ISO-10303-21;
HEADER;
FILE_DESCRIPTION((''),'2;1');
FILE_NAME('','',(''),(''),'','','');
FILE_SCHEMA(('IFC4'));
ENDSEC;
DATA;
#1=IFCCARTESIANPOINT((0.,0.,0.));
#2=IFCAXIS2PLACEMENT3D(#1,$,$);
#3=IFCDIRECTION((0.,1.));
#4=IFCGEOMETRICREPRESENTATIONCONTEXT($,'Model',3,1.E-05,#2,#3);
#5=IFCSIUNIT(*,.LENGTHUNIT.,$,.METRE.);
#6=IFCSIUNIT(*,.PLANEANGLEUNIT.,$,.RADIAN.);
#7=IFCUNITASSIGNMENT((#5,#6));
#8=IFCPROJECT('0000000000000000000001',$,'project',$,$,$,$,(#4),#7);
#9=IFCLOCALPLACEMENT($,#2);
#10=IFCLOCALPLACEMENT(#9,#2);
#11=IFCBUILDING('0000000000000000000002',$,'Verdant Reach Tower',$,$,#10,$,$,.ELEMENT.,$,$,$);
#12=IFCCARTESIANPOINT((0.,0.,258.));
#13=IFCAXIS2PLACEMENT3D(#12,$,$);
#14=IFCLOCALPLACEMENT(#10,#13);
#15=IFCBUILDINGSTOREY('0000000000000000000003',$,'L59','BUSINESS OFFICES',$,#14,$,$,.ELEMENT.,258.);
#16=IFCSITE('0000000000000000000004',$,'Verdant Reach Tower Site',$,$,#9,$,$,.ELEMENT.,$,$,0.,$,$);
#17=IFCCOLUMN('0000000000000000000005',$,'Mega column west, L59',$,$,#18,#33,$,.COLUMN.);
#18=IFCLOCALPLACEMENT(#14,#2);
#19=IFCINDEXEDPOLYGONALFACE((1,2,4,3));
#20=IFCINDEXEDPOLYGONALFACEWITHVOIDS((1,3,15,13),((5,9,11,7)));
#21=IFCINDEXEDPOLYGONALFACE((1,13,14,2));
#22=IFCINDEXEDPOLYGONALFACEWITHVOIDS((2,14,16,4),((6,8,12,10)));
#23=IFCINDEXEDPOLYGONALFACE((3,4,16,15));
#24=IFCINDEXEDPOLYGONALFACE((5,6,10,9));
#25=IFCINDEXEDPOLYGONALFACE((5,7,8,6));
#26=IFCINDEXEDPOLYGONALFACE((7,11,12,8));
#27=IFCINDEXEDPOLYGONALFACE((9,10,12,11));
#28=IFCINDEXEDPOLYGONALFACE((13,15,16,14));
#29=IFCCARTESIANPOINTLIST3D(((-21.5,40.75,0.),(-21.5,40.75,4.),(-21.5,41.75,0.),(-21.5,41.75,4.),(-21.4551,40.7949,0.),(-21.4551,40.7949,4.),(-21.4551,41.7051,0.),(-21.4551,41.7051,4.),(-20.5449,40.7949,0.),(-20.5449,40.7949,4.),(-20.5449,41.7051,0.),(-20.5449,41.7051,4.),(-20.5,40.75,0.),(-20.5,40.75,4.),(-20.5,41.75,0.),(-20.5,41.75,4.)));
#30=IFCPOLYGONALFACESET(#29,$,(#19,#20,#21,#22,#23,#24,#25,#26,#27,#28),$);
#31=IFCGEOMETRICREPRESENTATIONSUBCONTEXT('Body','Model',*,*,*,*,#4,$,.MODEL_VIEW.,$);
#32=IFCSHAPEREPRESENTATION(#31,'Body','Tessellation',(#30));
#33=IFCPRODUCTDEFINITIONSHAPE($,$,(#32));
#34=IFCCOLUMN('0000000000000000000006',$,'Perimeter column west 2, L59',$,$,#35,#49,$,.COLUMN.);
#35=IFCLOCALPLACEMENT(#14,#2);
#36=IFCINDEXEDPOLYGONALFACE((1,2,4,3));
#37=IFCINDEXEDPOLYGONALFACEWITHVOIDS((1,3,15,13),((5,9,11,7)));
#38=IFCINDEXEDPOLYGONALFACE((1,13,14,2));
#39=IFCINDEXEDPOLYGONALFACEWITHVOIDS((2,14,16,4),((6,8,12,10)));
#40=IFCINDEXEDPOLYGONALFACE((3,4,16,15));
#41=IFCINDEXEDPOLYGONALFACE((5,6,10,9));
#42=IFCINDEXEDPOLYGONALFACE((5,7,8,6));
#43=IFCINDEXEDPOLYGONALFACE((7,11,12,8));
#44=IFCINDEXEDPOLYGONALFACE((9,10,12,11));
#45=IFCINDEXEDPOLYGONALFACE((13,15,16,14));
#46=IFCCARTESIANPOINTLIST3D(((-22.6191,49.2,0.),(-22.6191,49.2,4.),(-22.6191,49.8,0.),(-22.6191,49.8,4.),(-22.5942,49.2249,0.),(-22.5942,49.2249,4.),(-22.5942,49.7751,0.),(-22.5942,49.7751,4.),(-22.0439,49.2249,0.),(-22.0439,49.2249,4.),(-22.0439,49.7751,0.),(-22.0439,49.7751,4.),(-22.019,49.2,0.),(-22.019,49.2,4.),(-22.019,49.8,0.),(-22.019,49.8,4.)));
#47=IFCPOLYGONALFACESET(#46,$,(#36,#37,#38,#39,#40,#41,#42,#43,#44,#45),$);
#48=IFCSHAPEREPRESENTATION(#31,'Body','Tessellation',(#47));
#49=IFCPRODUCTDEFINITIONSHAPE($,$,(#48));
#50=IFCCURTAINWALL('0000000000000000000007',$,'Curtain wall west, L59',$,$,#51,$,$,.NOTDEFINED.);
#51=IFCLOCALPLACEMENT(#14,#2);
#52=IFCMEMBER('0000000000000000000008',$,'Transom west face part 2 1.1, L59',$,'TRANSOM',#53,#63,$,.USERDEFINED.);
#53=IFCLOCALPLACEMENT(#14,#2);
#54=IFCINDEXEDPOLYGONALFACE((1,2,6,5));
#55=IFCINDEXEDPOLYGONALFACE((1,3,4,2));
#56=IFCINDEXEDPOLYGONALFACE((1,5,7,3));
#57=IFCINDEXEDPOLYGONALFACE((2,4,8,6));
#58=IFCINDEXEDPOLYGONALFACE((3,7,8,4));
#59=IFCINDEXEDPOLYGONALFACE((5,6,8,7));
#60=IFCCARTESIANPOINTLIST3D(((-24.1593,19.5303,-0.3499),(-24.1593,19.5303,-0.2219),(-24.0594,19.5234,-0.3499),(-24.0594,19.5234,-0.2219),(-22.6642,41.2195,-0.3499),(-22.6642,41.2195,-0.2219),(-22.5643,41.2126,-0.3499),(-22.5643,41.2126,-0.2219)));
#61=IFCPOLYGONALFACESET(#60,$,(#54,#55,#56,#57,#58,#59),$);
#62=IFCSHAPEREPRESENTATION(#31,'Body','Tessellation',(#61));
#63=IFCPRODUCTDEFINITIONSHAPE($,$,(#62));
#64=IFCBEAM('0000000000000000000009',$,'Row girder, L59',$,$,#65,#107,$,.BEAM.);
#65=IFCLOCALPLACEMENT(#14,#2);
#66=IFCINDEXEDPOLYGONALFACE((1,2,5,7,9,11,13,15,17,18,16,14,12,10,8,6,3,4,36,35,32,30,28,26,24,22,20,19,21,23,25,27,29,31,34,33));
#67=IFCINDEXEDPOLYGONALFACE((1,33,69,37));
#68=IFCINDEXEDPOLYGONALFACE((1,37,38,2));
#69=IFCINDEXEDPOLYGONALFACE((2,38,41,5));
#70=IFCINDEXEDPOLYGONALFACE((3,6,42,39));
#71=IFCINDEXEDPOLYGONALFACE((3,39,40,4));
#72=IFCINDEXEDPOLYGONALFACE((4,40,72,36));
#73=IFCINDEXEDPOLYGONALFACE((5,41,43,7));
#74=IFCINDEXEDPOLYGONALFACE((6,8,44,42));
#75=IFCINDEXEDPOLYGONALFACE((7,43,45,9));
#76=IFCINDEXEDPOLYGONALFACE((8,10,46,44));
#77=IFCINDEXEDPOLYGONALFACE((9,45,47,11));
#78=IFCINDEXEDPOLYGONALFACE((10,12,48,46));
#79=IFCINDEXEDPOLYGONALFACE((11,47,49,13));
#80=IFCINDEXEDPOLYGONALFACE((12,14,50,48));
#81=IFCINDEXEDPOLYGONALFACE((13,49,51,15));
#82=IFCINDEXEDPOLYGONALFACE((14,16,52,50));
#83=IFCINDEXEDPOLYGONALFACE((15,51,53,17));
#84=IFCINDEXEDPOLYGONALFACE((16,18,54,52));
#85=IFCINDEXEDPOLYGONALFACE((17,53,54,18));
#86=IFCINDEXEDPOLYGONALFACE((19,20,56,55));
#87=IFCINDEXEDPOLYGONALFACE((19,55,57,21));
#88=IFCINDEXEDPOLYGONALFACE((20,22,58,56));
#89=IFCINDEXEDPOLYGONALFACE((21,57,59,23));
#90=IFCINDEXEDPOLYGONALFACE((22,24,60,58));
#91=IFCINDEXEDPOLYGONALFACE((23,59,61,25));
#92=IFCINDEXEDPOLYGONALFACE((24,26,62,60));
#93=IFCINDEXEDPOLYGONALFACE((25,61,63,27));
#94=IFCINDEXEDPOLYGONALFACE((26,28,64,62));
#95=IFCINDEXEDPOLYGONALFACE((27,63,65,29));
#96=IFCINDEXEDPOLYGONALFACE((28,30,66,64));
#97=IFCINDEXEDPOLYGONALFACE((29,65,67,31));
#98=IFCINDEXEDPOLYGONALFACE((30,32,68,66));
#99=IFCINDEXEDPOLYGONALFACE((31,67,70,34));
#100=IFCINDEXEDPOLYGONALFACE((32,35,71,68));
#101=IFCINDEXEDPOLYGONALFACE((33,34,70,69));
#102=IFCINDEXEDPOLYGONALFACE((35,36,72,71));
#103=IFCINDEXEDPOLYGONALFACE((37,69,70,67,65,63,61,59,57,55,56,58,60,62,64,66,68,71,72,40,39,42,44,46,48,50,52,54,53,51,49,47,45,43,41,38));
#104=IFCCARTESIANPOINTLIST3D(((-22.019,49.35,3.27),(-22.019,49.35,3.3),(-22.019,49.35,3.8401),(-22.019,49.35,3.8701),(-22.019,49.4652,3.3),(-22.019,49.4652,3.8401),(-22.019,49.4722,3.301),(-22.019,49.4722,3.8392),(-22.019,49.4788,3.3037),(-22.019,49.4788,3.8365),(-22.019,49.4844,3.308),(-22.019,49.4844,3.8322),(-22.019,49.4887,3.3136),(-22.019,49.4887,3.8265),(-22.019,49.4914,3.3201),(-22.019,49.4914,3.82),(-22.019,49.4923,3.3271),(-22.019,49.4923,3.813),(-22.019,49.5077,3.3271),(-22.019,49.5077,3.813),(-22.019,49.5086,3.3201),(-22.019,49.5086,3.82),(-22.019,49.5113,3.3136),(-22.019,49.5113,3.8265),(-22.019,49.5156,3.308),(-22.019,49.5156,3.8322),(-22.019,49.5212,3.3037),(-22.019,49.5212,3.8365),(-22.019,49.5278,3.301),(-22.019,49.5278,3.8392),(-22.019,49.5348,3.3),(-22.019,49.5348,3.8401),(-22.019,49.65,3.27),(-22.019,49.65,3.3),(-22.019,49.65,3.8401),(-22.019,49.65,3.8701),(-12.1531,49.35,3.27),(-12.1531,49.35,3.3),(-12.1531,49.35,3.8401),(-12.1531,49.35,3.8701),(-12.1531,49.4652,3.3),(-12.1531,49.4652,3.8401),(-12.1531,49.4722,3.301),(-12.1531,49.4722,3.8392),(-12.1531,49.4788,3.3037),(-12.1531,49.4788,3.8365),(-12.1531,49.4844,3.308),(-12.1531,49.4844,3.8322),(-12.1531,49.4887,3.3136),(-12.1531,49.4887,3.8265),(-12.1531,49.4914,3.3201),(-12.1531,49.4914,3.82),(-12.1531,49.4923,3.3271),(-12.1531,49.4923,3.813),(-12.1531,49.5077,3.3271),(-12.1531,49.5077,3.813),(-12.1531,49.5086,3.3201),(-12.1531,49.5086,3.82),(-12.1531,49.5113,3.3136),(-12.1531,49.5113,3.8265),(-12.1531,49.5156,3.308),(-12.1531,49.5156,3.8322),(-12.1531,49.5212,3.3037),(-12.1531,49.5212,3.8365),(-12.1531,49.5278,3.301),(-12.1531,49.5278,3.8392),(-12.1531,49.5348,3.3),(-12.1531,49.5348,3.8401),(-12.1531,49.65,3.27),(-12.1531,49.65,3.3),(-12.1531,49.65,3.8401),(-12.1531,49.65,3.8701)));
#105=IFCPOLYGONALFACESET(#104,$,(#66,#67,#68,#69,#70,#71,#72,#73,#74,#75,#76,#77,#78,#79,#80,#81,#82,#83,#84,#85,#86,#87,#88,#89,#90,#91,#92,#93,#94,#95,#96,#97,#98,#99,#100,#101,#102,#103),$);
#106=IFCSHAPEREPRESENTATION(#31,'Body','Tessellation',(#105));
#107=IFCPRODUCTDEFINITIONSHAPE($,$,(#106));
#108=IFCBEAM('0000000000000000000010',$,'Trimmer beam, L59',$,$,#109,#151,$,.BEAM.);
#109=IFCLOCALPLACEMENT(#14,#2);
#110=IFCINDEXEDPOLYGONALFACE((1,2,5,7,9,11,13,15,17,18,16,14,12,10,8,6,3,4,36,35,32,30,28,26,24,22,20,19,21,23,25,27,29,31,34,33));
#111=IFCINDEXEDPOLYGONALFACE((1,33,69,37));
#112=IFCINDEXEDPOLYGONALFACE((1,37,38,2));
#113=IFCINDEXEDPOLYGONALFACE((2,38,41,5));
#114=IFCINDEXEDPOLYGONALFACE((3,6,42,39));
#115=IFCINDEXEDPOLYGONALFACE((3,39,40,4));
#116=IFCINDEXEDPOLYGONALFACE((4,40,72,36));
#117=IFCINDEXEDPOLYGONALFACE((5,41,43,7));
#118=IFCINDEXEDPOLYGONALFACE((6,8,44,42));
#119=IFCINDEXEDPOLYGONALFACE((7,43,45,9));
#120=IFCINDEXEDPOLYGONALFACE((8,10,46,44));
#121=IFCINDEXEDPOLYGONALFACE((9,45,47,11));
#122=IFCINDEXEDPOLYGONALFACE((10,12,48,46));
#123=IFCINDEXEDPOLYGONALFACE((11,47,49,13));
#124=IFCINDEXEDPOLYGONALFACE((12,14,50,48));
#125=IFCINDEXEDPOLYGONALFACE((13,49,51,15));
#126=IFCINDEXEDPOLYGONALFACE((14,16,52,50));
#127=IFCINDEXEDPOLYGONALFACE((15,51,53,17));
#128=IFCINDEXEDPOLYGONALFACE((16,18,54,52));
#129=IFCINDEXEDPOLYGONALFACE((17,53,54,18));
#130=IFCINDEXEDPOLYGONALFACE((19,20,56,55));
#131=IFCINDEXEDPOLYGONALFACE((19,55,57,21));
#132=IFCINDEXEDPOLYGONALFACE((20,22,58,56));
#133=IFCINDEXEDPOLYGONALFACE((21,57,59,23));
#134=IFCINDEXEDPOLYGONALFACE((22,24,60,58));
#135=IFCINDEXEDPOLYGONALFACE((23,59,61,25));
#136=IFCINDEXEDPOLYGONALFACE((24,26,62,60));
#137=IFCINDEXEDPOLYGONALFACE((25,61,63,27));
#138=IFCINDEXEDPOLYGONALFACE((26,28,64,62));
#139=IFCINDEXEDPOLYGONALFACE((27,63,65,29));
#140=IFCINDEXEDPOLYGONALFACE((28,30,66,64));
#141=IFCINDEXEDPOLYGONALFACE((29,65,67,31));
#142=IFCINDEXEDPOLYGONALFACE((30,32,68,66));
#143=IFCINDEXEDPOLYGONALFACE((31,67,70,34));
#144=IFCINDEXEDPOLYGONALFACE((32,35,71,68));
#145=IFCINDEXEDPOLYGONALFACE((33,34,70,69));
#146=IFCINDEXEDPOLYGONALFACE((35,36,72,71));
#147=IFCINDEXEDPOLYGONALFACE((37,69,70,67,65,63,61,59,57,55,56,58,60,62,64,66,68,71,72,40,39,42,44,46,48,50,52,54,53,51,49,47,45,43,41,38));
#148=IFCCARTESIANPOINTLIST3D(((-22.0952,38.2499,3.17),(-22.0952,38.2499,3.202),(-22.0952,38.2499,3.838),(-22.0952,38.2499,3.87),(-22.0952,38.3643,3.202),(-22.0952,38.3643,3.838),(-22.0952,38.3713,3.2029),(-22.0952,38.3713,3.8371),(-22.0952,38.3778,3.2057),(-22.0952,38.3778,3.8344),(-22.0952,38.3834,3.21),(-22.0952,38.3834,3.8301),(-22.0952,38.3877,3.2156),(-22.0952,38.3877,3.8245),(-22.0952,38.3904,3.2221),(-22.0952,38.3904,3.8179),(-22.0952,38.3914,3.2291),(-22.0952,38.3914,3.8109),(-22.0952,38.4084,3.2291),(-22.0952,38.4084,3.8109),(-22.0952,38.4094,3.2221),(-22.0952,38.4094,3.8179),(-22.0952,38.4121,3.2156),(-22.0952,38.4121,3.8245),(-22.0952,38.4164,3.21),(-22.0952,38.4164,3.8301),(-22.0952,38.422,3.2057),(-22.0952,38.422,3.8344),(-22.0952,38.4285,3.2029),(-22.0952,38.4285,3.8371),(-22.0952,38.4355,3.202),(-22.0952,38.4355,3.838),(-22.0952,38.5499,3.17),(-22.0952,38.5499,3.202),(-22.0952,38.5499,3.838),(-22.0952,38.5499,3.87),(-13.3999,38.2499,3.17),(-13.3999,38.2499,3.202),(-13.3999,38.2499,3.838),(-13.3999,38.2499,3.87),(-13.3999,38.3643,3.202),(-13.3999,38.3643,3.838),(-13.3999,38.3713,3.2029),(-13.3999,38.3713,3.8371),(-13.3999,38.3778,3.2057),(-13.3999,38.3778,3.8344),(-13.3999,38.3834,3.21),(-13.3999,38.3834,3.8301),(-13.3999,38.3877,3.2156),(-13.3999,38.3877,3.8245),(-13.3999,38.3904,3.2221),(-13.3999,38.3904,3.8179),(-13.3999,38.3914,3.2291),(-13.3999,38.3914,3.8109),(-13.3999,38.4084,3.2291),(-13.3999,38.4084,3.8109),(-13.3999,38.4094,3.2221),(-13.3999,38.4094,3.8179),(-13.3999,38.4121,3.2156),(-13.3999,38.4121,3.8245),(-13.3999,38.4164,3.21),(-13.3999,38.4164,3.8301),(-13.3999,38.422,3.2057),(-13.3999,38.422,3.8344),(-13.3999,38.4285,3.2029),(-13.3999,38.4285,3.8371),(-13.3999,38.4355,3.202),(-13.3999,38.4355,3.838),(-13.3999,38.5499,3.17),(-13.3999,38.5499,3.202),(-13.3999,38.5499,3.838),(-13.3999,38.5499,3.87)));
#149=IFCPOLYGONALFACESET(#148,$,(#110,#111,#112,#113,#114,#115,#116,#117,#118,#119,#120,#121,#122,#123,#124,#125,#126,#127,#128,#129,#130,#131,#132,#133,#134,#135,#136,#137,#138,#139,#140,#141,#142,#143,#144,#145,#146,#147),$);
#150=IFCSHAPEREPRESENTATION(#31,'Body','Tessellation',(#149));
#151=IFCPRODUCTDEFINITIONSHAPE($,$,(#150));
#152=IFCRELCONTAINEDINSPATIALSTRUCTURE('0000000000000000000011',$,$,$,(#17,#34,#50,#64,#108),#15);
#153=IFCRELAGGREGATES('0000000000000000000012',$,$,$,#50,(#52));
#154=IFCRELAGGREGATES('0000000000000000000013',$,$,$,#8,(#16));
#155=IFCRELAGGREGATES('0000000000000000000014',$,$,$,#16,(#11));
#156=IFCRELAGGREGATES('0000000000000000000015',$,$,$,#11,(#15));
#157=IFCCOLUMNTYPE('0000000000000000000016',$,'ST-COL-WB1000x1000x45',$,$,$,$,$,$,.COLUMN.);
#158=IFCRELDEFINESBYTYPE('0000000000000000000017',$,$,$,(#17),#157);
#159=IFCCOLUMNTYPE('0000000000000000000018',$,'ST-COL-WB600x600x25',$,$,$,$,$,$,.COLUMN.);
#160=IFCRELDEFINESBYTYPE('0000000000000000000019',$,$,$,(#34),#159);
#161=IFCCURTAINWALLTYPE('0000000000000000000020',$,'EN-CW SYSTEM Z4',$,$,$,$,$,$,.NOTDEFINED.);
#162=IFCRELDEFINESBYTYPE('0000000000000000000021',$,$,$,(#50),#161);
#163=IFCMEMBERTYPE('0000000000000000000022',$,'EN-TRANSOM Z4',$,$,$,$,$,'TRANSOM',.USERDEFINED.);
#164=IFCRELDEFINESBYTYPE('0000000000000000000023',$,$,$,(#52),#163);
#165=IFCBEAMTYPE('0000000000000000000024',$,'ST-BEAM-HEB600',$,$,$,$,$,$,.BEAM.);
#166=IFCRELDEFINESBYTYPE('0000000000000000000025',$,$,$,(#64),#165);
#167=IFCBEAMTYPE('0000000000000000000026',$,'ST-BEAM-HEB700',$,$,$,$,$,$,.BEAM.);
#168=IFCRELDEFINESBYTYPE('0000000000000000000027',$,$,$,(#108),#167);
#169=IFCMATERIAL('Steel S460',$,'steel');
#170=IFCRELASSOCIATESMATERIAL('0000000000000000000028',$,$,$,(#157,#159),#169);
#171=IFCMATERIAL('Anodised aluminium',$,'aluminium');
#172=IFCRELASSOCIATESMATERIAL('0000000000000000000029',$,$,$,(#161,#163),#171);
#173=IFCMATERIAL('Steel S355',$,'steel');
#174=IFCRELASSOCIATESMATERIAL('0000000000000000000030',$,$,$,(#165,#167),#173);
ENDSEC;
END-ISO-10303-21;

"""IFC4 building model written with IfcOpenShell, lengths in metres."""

from ifc_helpers import new_model, si_unit, direction, frame, origin, origin_2d, place, context, subcontext, project, spatial, rectangle, hollow_rectangle, i_section, extrude, material, material_profile, profile_set, type_object, element, aggregate, save


model = new_model("IFC4")

# Units and contexts
model_context = context("Model", 3, precision=1e-05, world=origin(), true_north=direction((0.0, 1.0)))
body_context = subcontext(model_context, "Body", "Model", "MODEL_VIEW")
ifc_project = project(units=[si_unit("LENGTHUNIT", "METRE"), si_unit("PLANEANGLEUNIT", "RADIAN")], contexts=[model_context])

# Site, building, storey
site_placement = place(None, origin())
site = spatial("IfcSite", under=ifc_project, at=site_placement, Name="Verdant Reach Tower Site", CompositionType="ELEMENT", RefElevation=0.0)
building_placement = place(site_placement, origin())
building = spatial("IfcBuilding", under=site, at=building_placement, Name="Verdant Reach Tower", CompositionType="ELEMENT")
storey_placement = place(building_placement, frame((0.0, 0.0, 258.0)))
storey = spatial("IfcBuildingStorey", under=building, at=storey_placement, Name="L59", Description="BUSINESS OFFICES", CompositionType="ELEMENT", Elevation=258.0)

# Columns
ifc_material_1 = material(Name="Steel S460", Category="steel")
ifc_material_profile_1 = material_profile(ifc_material_1, hollow_rectangle(XDim=1.0, YDim=1.0, WallThickness=0.0449, at=origin_2d()), Name="WB 1000x1000x45")
ifc_profile_set_1 = profile_set([ifc_material_profile_1], Name="Steel S460")
column_type_1 = type_object("IfcColumnType", Name="ST-COL-WB1000x1000x45", PredefinedType="COLUMN", material=ifc_profile_set_1)
column_1_placement = place(storey_placement, frame((-21.0, 41.25, 0.0), z_axis=(0.0, 0.0, 1.0), x_axis=(1.0, 0.0, 0.0)))
element("IfcColumn", 1, at=column_1_placement, inside=storey, type_object=column_type_1, Name="Mega column west, L59", PredefinedType="COLUMN", context=body_context, shape_type="SweptSolid", body=[
    extrude(hollow_rectangle(XDim=1.0, YDim=1.0, WallThickness=0.0449, at=origin_2d()), origin(), (0.0, 0.0, 1.0), 4.0),
])
ifc_material_profile_2 = material_profile(ifc_material_1, hollow_rectangle(XDim=0.6001, YDim=0.6001, WallThickness=0.0249, at=origin_2d()), Name="WB 600x600x25")
ifc_profile_set_2 = profile_set([ifc_material_profile_2], Name="Steel S460")
column_type_2 = type_object("IfcColumnType", Name="ST-COL-WB600x600x25", PredefinedType="COLUMN", material=ifc_profile_set_2)
column_2_placement = place(storey_placement, frame((-22.3191, 49.5, 0.0), z_axis=(0.0, 0.0, 1.0), x_axis=(1.0, 0.0, 0.0)))
element("IfcColumn", 2, at=column_2_placement, inside=storey, type_object=column_type_2, Name="Perimeter column west 2, L59", PredefinedType="COLUMN", context=body_context, shape_type="SweptSolid", body=[
    extrude(hollow_rectangle(XDim=0.6001, YDim=0.6001, WallThickness=0.0249, at=origin_2d()), origin(), (0.0, 0.0, 1.0), 4.0),
])

# Curtain wall, member
ifc_material_2 = material(Name="Anodised aluminium", Category="aluminium")
curtain_wall_type = type_object("IfcCurtainWallType", Name="EN-CW SYSTEM Z4", PredefinedType="NOTDEFINED", material=ifc_material_2)
curtain_wall_placement = place(storey_placement, origin())
curtain_wall = element("IfcCurtainWall", 3, at=curtain_wall_placement, inside=storey, type_object=curtain_wall_type, Name="Curtain wall west, L59", PredefinedType="NOTDEFINED")
ifc_material_profile_3 = material_profile(ifc_material_2, rectangle(XDim=0.1001, YDim=0.1279, at=origin_2d()), Name="Transom 128x100")
ifc_profile_set_3 = profile_set([ifc_material_profile_3], Name="Anodised aluminium")
member_type = type_object("IfcMemberType", Name="EN-TRANSOM Z4", ElementType="TRANSOM", PredefinedType="USERDEFINED", material=ifc_profile_set_3)
member_placement = place(storey_placement, frame((-22.6143, 41.2161, -0.2859), z_axis=(-0.06877, -0.997633, 0.0), x_axis=(0.997633, -0.06877, 0.0)))
member = element("IfcMember", 4, at=member_placement, type_object=member_type, Name="Transom west face part 2 1.1, L59", ObjectType="TRANSOM", PredefinedType="USERDEFINED", context=body_context, shape_type="SweptSolid", body=[
    extrude(rectangle(XDim=0.1001, YDim=0.1279, at=origin_2d()), origin(), (0.0, 0.0, 1.0), 21.7407),
])

# Beams
ifc_material_3 = material(Name="Steel S355", Category="steel")
ifc_material_profile_4 = material_profile(ifc_material_3, i_section(OverallWidth=0.3, OverallDepth=0.6001, WebThickness=0.0154, FlangeThickness=0.03, FilletRadius=0.0271, at=origin_2d()), Name="HEB 600")
ifc_profile_set_4 = profile_set([ifc_material_profile_4], Name="Steel S355")
beam_type_1 = type_object("IfcBeamType", Name="ST-BEAM-HEB600", PredefinedType="BEAM", material=ifc_profile_set_4)
beam_1_placement = place(storey_placement, frame((-22.019, 49.5, 3.5701), z_axis=(1.0, 0.0, 0.0), x_axis=(0.0, 1.0, 0.0)))
element("IfcBeam", 5, at=beam_1_placement, inside=storey, type_object=beam_type_1, Name="Row girder, L59", PredefinedType="BEAM", context=body_context, shape_type="SweptSolid", body=[
    extrude(i_section(OverallWidth=0.3, OverallDepth=0.6001, WebThickness=0.0154, FlangeThickness=0.03, FilletRadius=0.0271, at=origin_2d()), origin(), (0.0, 0.0, 1.0), 9.866),
])
ifc_material_profile_5 = material_profile(ifc_material_3, i_section(OverallWidth=0.3, OverallDepth=0.7, WebThickness=0.0171, FlangeThickness=0.032, FilletRadius=0.0271, at=origin_2d()), Name="HEB 700")
ifc_profile_set_5 = profile_set([ifc_material_profile_5], Name="Steel S355")
beam_type_2 = type_object("IfcBeamType", Name="ST-BEAM-HEB700", PredefinedType="BEAM", material=ifc_profile_set_5)
beam_2_placement = place(storey_placement, frame((-13.3999, 38.3999, 3.52), z_axis=(-1.0, 0.0, 0.0), x_axis=(0.0, -1.0, 0.0)))
element("IfcBeam", 6, at=beam_2_placement, inside=storey, type_object=beam_type_2, Name="Trimmer beam, L59", PredefinedType="BEAM", context=body_context, shape_type="SweptSolid", body=[
    extrude(i_section(OverallWidth=0.3, OverallDepth=0.7, WebThickness=0.0171, FlangeThickness=0.032, FilletRadius=0.0271, at=origin_2d()), origin(), (0.0, 0.0, 1.0), 8.6953),
])

aggregate(curtain_wall, [member])

save(model, "model.ifc")
